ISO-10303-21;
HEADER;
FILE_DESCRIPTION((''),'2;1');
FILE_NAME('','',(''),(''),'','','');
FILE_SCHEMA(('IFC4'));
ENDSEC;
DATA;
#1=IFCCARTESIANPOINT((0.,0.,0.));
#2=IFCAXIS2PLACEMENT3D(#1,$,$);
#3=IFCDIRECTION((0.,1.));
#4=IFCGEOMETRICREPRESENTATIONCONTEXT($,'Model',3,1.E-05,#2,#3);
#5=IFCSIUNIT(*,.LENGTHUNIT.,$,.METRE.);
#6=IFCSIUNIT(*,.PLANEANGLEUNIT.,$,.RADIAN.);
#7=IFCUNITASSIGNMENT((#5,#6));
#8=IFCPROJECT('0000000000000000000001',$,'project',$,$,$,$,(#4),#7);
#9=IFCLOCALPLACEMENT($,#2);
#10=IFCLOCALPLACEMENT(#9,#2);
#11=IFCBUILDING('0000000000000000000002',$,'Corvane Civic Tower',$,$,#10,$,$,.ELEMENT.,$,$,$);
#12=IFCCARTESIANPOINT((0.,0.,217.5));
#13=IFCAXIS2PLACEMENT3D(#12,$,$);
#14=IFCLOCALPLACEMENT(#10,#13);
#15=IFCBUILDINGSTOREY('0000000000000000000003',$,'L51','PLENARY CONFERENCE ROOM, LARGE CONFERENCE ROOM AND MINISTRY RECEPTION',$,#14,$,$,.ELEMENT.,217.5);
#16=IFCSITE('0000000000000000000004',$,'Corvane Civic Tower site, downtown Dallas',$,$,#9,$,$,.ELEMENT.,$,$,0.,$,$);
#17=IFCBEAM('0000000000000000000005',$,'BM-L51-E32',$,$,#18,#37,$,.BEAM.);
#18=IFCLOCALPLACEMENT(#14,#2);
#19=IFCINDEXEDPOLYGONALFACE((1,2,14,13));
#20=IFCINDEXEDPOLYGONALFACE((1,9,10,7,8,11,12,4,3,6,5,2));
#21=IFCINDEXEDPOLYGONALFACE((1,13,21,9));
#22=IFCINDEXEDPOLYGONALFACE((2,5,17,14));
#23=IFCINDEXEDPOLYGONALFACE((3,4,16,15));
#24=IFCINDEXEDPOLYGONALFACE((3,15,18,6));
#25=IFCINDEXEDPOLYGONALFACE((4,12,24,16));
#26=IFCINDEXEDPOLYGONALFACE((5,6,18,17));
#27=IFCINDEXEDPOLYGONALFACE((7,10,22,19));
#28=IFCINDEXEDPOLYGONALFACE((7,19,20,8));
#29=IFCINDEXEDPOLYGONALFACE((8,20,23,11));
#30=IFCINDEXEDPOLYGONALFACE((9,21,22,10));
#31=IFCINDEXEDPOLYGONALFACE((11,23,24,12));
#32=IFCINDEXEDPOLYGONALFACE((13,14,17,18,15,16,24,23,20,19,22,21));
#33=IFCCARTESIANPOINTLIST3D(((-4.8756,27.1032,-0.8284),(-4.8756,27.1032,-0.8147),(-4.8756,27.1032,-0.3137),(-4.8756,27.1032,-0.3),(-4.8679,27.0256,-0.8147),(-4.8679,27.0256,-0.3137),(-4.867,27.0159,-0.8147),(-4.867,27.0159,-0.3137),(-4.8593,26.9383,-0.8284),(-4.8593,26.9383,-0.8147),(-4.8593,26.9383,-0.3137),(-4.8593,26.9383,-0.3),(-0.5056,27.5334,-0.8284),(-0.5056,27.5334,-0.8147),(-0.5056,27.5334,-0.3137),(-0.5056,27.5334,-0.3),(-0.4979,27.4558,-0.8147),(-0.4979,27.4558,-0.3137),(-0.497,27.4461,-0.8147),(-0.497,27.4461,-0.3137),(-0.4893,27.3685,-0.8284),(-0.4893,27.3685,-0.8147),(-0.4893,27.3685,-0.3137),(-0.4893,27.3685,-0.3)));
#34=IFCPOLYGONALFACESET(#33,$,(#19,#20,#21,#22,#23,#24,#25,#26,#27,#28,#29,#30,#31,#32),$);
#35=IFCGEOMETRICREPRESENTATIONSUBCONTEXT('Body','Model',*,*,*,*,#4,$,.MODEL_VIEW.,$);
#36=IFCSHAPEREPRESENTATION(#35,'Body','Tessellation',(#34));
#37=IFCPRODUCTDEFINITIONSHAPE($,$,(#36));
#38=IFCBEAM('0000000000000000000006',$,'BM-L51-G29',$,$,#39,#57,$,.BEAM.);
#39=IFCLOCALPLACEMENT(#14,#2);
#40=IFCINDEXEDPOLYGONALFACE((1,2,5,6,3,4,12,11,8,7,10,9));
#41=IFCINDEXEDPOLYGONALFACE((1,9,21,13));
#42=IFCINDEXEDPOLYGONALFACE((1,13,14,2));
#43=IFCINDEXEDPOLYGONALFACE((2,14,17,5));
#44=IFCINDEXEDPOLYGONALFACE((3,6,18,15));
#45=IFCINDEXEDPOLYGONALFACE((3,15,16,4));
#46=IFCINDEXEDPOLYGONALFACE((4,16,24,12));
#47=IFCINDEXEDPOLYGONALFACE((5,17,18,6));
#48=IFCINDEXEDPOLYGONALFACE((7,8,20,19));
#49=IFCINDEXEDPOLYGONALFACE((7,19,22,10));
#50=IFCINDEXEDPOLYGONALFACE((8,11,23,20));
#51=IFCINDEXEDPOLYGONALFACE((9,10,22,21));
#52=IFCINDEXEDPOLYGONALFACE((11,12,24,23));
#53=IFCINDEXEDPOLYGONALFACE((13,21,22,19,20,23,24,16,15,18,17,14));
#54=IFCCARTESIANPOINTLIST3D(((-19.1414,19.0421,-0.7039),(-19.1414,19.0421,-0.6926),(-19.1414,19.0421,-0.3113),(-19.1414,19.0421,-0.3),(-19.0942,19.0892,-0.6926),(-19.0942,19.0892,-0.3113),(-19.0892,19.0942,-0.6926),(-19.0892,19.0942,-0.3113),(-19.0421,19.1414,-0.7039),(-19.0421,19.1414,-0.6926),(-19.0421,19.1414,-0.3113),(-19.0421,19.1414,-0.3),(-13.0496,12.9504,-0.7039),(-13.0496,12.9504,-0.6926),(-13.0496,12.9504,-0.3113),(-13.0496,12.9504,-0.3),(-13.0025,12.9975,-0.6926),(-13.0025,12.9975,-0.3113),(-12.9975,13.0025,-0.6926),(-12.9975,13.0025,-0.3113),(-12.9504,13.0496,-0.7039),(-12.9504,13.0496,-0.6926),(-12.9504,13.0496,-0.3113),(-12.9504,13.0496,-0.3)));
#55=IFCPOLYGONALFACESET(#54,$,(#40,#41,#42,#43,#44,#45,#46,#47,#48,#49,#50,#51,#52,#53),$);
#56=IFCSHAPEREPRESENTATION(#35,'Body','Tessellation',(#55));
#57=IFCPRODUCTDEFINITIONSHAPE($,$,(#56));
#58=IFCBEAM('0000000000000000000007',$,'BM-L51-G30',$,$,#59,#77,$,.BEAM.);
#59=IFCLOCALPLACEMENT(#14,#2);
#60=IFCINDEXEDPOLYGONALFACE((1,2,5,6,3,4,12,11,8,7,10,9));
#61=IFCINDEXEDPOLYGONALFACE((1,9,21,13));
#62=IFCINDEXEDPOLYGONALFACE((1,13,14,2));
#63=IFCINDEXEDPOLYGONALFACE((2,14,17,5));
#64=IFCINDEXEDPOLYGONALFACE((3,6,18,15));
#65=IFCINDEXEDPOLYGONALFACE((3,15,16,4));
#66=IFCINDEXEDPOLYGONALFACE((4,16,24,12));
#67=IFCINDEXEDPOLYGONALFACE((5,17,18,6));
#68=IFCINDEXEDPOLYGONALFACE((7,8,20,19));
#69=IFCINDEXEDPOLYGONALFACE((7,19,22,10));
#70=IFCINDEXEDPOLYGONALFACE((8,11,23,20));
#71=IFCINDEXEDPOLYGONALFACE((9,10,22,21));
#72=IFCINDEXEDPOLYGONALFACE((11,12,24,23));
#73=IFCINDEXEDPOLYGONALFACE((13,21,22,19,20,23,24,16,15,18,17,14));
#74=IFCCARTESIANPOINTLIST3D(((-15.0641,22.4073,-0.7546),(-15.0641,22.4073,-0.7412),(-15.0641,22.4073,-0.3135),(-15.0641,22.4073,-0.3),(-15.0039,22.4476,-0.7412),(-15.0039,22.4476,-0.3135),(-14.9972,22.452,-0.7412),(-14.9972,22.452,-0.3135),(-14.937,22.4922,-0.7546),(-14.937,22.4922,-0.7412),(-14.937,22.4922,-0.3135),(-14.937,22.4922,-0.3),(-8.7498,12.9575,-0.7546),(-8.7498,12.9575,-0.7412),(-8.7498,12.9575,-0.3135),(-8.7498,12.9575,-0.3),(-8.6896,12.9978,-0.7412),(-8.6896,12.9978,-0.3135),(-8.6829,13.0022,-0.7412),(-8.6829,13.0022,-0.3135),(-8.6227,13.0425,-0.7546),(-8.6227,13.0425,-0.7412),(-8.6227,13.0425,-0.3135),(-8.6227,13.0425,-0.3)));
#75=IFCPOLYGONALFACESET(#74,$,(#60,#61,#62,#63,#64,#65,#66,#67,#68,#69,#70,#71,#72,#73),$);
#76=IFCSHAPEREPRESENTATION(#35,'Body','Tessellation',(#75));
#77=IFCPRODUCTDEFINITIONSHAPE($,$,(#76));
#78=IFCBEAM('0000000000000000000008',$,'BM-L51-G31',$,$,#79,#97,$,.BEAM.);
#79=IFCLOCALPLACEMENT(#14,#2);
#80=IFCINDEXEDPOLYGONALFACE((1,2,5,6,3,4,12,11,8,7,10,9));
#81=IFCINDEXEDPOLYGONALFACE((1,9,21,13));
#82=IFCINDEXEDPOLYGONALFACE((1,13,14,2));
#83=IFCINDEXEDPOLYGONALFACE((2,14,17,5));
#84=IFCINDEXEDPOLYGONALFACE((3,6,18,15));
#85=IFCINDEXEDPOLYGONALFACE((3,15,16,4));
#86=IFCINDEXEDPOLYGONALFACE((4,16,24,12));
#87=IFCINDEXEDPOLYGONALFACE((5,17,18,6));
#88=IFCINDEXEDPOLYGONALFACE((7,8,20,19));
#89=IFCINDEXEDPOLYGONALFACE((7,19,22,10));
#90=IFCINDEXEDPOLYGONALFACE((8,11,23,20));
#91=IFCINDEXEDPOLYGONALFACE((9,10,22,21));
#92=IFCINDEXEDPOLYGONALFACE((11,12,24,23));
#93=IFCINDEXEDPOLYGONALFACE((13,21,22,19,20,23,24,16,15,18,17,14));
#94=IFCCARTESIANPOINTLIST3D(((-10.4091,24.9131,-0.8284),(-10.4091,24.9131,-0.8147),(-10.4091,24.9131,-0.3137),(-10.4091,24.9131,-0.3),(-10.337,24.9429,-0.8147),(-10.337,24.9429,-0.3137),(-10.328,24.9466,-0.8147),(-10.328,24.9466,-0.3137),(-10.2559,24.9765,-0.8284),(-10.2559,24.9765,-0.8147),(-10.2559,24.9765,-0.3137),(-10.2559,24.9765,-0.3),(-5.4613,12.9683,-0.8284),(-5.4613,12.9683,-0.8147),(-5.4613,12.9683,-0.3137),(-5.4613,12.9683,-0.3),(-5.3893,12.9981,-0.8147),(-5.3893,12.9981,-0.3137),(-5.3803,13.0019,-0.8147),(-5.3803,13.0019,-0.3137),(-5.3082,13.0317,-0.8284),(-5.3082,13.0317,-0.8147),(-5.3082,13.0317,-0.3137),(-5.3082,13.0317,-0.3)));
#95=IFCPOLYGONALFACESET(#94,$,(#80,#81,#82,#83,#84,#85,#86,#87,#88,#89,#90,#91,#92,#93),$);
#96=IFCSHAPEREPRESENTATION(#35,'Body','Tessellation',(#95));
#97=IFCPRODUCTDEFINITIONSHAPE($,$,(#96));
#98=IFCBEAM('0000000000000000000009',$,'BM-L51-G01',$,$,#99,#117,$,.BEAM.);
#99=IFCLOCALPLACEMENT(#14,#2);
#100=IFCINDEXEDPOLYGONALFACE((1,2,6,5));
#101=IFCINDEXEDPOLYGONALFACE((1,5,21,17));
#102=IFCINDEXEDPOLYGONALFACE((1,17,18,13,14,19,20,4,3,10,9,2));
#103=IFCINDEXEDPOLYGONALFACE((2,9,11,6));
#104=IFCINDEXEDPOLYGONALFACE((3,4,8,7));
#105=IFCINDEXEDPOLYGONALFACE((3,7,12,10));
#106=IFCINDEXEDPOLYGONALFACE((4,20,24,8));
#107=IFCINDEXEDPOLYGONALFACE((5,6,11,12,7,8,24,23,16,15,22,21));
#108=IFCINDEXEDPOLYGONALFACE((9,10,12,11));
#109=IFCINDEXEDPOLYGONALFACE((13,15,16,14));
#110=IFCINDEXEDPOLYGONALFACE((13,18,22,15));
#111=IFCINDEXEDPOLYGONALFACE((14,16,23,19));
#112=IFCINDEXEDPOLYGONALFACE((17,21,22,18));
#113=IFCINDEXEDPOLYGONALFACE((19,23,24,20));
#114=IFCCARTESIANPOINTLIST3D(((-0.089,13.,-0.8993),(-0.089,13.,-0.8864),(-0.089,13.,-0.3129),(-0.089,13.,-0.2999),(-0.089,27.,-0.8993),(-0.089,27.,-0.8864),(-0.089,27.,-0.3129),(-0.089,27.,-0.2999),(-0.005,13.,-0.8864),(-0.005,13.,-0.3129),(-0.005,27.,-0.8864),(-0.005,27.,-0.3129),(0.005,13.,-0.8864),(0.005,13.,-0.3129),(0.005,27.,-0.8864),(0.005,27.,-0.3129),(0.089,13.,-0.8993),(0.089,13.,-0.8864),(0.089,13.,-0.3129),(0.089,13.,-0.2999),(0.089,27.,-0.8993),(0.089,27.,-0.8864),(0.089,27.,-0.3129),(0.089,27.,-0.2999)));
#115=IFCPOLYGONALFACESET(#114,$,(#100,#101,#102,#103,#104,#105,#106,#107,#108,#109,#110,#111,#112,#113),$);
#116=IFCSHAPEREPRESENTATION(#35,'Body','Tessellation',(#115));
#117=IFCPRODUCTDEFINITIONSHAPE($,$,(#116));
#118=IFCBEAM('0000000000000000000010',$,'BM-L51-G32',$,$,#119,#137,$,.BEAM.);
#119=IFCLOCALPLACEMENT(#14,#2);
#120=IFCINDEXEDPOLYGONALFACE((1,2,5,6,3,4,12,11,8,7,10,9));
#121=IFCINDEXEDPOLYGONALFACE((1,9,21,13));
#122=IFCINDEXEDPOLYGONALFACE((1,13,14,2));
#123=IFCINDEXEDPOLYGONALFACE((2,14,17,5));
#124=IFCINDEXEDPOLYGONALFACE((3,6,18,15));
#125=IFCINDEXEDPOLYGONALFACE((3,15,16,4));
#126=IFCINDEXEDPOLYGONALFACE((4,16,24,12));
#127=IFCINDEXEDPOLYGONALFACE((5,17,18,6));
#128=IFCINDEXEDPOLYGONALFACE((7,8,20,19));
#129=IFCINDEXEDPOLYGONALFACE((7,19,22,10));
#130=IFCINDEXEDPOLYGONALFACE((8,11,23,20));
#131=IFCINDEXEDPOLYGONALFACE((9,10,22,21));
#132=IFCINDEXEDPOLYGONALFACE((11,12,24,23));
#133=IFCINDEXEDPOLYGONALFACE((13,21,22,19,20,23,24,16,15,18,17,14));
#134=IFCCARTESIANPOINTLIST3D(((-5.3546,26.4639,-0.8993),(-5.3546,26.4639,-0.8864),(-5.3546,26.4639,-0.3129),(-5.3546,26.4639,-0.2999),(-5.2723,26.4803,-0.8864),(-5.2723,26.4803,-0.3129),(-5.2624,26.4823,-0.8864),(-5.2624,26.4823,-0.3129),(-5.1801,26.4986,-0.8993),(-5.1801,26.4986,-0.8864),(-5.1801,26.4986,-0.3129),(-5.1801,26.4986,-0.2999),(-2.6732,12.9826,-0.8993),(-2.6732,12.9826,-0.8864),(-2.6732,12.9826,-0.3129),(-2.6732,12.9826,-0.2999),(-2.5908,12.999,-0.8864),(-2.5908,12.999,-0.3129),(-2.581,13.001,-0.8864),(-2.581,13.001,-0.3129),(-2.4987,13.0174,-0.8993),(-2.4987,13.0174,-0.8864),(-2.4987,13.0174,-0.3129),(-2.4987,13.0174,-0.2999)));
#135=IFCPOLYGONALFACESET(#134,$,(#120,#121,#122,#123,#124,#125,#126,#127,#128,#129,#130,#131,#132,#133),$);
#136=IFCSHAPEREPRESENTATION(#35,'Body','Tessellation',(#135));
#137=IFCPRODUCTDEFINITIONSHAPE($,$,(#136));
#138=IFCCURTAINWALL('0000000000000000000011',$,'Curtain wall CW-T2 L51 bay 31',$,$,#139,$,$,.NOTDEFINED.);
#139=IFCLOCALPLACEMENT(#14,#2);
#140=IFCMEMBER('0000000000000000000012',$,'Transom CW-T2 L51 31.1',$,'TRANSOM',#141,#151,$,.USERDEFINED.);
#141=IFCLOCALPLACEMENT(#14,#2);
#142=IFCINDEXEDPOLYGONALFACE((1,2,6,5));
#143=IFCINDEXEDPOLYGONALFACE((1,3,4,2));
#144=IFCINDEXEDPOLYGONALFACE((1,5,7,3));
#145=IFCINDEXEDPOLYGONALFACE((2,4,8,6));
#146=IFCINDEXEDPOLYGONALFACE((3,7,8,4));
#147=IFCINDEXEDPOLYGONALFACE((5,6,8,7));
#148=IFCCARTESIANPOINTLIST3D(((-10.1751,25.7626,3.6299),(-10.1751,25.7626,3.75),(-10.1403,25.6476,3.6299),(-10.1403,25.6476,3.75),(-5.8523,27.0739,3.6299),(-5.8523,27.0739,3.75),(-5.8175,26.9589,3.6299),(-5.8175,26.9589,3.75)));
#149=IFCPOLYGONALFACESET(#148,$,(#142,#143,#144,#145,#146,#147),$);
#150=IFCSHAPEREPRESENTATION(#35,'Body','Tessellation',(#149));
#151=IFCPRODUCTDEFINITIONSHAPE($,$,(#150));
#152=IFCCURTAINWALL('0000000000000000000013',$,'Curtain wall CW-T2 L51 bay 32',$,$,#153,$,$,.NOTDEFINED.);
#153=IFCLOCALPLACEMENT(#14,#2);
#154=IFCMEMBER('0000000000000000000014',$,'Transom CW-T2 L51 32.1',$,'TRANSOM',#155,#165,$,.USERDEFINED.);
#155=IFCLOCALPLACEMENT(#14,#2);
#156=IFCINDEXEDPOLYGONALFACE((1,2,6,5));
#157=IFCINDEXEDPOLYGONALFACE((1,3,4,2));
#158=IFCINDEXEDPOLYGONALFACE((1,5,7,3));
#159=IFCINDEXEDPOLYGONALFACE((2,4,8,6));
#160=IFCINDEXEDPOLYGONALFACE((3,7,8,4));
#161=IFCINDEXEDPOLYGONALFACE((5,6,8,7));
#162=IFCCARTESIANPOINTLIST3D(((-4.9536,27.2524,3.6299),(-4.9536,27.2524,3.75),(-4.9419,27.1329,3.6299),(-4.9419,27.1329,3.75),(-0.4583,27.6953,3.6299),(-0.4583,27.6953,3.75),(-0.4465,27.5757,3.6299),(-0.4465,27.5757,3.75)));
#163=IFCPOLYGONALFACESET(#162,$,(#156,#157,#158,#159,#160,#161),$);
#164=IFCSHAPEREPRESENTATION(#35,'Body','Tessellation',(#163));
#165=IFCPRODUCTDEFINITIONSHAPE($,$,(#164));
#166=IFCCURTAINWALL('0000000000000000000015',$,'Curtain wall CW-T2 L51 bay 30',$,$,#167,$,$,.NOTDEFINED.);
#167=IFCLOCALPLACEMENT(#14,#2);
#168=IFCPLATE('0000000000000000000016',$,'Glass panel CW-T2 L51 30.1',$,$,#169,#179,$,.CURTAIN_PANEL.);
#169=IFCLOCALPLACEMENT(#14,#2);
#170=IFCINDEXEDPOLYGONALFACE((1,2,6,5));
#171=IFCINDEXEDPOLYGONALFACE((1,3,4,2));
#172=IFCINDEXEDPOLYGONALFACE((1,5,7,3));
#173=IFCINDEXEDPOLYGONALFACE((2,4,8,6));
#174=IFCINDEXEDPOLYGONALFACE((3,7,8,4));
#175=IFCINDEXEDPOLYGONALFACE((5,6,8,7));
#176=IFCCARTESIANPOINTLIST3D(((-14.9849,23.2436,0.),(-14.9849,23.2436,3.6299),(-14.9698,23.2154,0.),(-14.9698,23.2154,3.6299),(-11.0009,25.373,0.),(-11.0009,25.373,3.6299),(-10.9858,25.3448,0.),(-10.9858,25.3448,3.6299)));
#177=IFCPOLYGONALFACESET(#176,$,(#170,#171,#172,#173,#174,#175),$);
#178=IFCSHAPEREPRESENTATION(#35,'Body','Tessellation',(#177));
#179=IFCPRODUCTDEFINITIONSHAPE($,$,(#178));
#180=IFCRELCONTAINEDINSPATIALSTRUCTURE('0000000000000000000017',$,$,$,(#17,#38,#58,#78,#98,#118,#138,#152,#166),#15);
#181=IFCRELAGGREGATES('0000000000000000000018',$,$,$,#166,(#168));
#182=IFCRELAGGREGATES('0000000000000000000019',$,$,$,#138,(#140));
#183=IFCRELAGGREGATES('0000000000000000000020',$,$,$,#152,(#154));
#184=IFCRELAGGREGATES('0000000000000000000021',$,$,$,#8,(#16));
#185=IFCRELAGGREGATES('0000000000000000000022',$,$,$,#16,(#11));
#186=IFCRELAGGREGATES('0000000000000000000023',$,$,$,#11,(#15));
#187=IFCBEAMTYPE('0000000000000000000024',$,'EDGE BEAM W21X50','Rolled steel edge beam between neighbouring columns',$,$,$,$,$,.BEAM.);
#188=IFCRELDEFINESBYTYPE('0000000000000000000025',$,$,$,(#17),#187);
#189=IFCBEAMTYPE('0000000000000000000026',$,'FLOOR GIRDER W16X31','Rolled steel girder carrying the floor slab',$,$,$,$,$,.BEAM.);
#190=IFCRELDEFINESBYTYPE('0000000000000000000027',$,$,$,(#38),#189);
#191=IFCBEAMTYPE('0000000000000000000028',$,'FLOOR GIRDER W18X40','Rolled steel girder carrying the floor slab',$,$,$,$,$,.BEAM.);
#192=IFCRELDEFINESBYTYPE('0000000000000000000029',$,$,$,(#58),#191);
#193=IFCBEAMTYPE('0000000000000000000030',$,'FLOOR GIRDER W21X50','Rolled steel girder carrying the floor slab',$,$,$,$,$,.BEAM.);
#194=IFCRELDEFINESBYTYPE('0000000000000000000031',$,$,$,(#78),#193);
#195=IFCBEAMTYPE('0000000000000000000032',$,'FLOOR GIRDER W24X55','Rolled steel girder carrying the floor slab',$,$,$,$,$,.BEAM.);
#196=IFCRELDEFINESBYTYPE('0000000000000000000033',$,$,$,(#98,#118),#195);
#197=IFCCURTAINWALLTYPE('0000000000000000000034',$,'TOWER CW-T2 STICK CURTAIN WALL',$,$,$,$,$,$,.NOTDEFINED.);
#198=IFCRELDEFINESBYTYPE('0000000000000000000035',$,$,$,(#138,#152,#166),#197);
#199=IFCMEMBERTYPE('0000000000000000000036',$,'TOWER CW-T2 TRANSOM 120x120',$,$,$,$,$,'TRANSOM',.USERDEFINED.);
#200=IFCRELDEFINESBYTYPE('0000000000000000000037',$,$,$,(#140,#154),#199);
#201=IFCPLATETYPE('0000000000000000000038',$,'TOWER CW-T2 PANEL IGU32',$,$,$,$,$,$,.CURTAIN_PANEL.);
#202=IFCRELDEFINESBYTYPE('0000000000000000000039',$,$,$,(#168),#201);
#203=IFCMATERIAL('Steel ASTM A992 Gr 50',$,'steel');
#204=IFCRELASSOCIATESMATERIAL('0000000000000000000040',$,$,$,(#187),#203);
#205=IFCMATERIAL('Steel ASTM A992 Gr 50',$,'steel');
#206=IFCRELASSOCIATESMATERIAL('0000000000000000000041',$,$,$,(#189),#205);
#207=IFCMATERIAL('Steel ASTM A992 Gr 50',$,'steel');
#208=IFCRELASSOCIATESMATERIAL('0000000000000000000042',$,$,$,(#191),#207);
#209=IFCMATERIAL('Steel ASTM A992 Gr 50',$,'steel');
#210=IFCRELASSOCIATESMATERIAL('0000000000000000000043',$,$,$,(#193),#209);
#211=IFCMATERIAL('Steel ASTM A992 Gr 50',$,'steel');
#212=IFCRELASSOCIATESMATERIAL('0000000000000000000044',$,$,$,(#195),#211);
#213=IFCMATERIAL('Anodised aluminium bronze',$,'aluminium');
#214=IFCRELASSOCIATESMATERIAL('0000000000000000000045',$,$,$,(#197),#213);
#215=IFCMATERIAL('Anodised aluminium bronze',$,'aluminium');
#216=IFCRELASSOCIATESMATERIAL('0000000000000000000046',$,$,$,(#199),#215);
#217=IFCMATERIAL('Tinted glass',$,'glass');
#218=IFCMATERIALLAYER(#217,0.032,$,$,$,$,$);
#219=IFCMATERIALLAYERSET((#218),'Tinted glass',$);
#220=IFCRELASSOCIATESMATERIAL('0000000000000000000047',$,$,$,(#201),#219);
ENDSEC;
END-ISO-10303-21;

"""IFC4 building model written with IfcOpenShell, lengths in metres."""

from ifc_helpers import new_model, si_unit, direction, frame, origin, origin_2d, place, context, subcontext, project, spatial, rectangle, i_section, extrude, material, layer, layer_set, material_profile, profile_set, type_object, element, aggregate, save


model = new_model("IFC4")

# Units and contexts
model_context = context("Model", 3, precision=1e-05, world=origin(), true_north=direction((0.0, 1.0)))
body_context = subcontext(model_context, "Body", "Model", "MODEL_VIEW")
ifc_project = project(units=[si_unit("LENGTHUNIT", "METRE"), si_unit("PLANEANGLEUNIT", "RADIAN")], contexts=[model_context])

# Site, building, storey
site_placement = place(None, origin())
site = spatial("IfcSite", under=ifc_project, at=site_placement, Name="Corvane Civic Tower site, downtown Dallas", CompositionType="ELEMENT", RefElevation=0.0)
building_placement = place(site_placement, origin())
building = spatial("IfcBuilding", under=site, at=building_placement, Name="Corvane Civic Tower", CompositionType="ELEMENT")
storey_placement = place(building_placement, frame((0.0, 0.0, 217.5)))
storey = spatial("IfcBuildingStorey", under=building, at=storey_placement, Name="L51", Description="PLENARY CONFERENCE ROOM, LARGE CONFERENCE ROOM AND MINISTRY RECEPTION", CompositionType="ELEMENT", Elevation=217.5)

# Beams
ifc_material_1 = material(Name="Steel ASTM A992 Gr 50", Category="steel")
ifc_material_profile_1 = material_profile(ifc_material_1, i_section(OverallWidth=0.1658, OverallDepth=0.5283, WebThickness=0.0098, FlangeThickness=0.0137, at=origin_2d()), Name="W21X50")
ifc_profile_set_1 = profile_set([ifc_material_profile_1], Name="Steel ASTM A992 Gr 50")
beam_type_1 = type_object("IfcBeamType", Name="EDGE BEAM W21X50", Description="Rolled steel edge beam between neighbouring columns", PredefinedType="BEAM", material=ifc_profile_set_1)
beam_1_placement = place(storey_placement, frame((-4.8674, 27.0208, -0.5642), z_axis=(0.99519, 0.097968, 0.0), x_axis=(-0.097968, 0.99519, 0.0)))
element("IfcBeam", 1, at=beam_1_placement, inside=storey, type_object=beam_type_1, Name="BM-L51-E32", PredefinedType="BEAM", context=body_context, shape_type="SweptSolid", body=[
    extrude(i_section(OverallWidth=0.1658, OverallDepth=0.5283, WebThickness=0.0098, FlangeThickness=0.0137, at=origin_2d()), origin(), (0.0, 0.0, 1.0), 4.3911),
])
ifc_material_2 = material(Name="Steel ASTM A992 Gr 50", Category="steel")
ifc_material_profile_2 = material_profile(ifc_material_2, i_section(OverallWidth=0.1404, OverallDepth=0.4038, WebThickness=0.0071, FlangeThickness=0.0112, at=origin_2d()), Name="W16X31")
ifc_profile_set_2 = profile_set([ifc_material_profile_2], Name="Steel ASTM A992 Gr 50")
beam_type_2 = type_object("IfcBeamType", Name="FLOOR GIRDER W16X31", Description="Rolled steel girder carrying the floor slab", PredefinedType="BEAM", material=ifc_profile_set_2)
beam_2_placement = place(storey_placement, frame((-13.0, 13.0, -0.502), z_axis=(-0.707107, 0.707107, 0.0), x_axis=(-0.707107, -0.707107, 0.0)))
element("IfcBeam", 2, at=beam_2_placement, inside=storey, type_object=beam_type_2, Name="BM-L51-G29", PredefinedType="BEAM", context=body_context, shape_type="SweptSolid", body=[
    extrude(i_section(OverallWidth=0.1404, OverallDepth=0.4038, WebThickness=0.0071, FlangeThickness=0.0112, at=origin_2d()), origin(), (0.0, 0.0, 1.0), 8.615),
])
ifc_material_3 = material(Name="Steel ASTM A992 Gr 50", Category="steel")
ifc_material_profile_3 = material_profile(ifc_material_3, i_section(OverallWidth=0.1528, OverallDepth=0.4546, WebThickness=0.0081, FlangeThickness=0.0134, at=origin_2d()), Name="W18X40")
ifc_profile_set_3 = profile_set([ifc_material_profile_3], Name="Steel ASTM A992 Gr 50")
beam_type_3 = type_object("IfcBeamType", Name="FLOOR GIRDER W18X40", Description="Rolled steel girder carrying the floor slab", PredefinedType="BEAM", material=ifc_profile_set_3)
beam_3_placement = place(storey_placement, frame((-8.6863, 13.0, -0.5273), z_axis=(-0.555577, 0.831465, 0.0), x_axis=(-0.831465, -0.555577, 0.0)))
element("IfcBeam", 3, at=beam_3_placement, inside=storey, type_object=beam_type_3, Name="BM-L51-G30", PredefinedType="BEAM", context=body_context, shape_type="SweptSolid", body=[
    extrude(i_section(OverallWidth=0.1528, OverallDepth=0.4546, WebThickness=0.0081, FlangeThickness=0.0134, at=origin_2d()), origin(), (0.0, 0.0, 1.0), 11.3652),
])
ifc_material_4 = material(Name="Steel ASTM A992 Gr 50", Category="steel")
ifc_material_profile_4 = material_profile(ifc_material_4, i_section(OverallWidth=0.1658, OverallDepth=0.5283, WebThickness=0.0098, FlangeThickness=0.0137, at=origin_2d()), Name="W21X50")
ifc_profile_set_4 = profile_set([ifc_material_profile_4], Name="Steel ASTM A992 Gr 50")
beam_type_4 = type_object("IfcBeamType", Name="FLOOR GIRDER W21X50", Description="Rolled steel girder carrying the floor slab", PredefinedType="BEAM", material=ifc_profile_set_4)
beam_4_placement = place(storey_placement, frame((-5.3848, 13.0, -0.5642), z_axis=(-0.382686, 0.923878, 0.0), x_axis=(-0.923878, -0.382686, 0.0)))
element("IfcBeam", 4, at=beam_4_placement, inside=storey, type_object=beam_type_4, Name="BM-L51-G31", PredefinedType="BEAM", context=body_context, shape_type="SweptSolid", body=[
    extrude(i_section(OverallWidth=0.1658, OverallDepth=0.5283, WebThickness=0.0098, FlangeThickness=0.0137, at=origin_2d()), origin(), (0.0, 0.0, 1.0), 12.929),
])
ifc_material_5 = material(Name="Steel ASTM A992 Gr 50", Category="steel")
ifc_material_profile_5 = material_profile(ifc_material_5, i_section(OverallWidth=0.178, OverallDepth=0.5994, WebThickness=0.01, FlangeThickness=0.0129, at=origin_2d()), Name="W24X55")
ifc_profile_set_5 = profile_set([ifc_material_profile_5], Name="Steel ASTM A992 Gr 50")
beam_type_5 = type_object("IfcBeamType", Name="FLOOR GIRDER W24X55", Description="Rolled steel girder carrying the floor slab", PredefinedType="BEAM", material=ifc_profile_set_5)
beam_5_placement = place(storey_placement, frame((0.0, 13.0, -0.5996), z_axis=(0.0, 1.0, 0.0), x_axis=(-1.0, 0.0, 0.0)))
element("IfcBeam", 5, at=beam_5_placement, inside=storey, type_object=beam_type_5, Name="BM-L51-G01", PredefinedType="BEAM", context=body_context, shape_type="SweptSolid", body=[
    extrude(i_section(OverallWidth=0.178, OverallDepth=0.5994, WebThickness=0.01, FlangeThickness=0.0129, at=origin_2d()), origin(), (0.0, 0.0, 1.0), 14.0),
])
beam_6_placement = place(storey_placement, frame((-2.5859, 13.0, -0.5996), z_axis=(-0.195078, 0.980788, 0.0), x_axis=(-0.980788, -0.195078, 0.0)))
element("IfcBeam", 6, at=beam_6_placement, inside=storey, type_object=beam_type_5, Name="BM-L51-G32", PredefinedType="BEAM", context=body_context, shape_type="SweptSolid", body=[
    extrude(i_section(OverallWidth=0.178, OverallDepth=0.5994, WebThickness=0.01, FlangeThickness=0.0129, at=origin_2d()), origin(), (0.0, 0.0, 1.0), 13.7454),
])

# Curtain walls, members
ifc_material_6 = material(Name="Anodised aluminium bronze", Category="aluminium")
curtain_wall_type = type_object("IfcCurtainWallType", Name="TOWER CW-T2 STICK CURTAIN WALL", PredefinedType="NOTDEFINED", material=ifc_material_6)
curtain_wall_1_placement = place(storey_placement, origin())
curtain_wall_1 = element("IfcCurtainWall", 7, at=curtain_wall_1_placement, inside=storey, type_object=curtain_wall_type, Name="Curtain wall CW-T2 L51 bay 31", PredefinedType="NOTDEFINED")
ifc_material_7 = material(Name="Anodised aluminium bronze", Category="aluminium")
ifc_material_profile_6 = material_profile(ifc_material_7, rectangle(XDim=0.1201, YDim=0.1201, at=origin_2d()), Name="TOWER CW-T2 TRANSOM 120x120")
ifc_profile_set_6 = profile_set([ifc_material_profile_6], Name="Anodised aluminium bronze")
member_type = type_object("IfcMemberType", Name="TOWER CW-T2 TRANSOM 120x120", ElementType="TRANSOM", PredefinedType="USERDEFINED", material=ifc_profile_set_6)
member_1_placement = place(storey_placement, frame((-10.1577, 25.7051, 3.6899), z_axis=(0.956941, 0.290282, 0.0), x_axis=(-0.290282, 0.956941, 0.0)))
member_1 = element("IfcMember", 8, at=member_1_placement, type_object=member_type, Name="Transom CW-T2 L51 31.1", ObjectType="TRANSOM", PredefinedType="USERDEFINED", context=body_context, shape_type="SweptSolid", body=[
    extrude(rectangle(XDim=0.1201, YDim=0.1201, at=origin_2d()), origin(), (0.0, 0.0, 1.0), 4.5173),
])
curtain_wall_2_placement = place(storey_placement, origin())
curtain_wall_2 = element("IfcCurtainWall", 9, at=curtain_wall_2_placement, inside=storey, type_object=curtain_wall_type, Name="Curtain wall CW-T2 L51 bay 32", PredefinedType="NOTDEFINED")
member_2_placement = place(storey_placement, frame((-4.9478, 27.1926, 3.6899), z_axis=(0.995182, 0.098043, 0.0), x_axis=(-0.098043, 0.995182, 0.0)))
member_2 = element("IfcMember", 10, at=member_2_placement, type_object=member_type, Name="Transom CW-T2 L51 32.1", ObjectType="TRANSOM", PredefinedType="USERDEFINED", context=body_context, shape_type="SweptSolid", body=[
    extrude(rectangle(XDim=0.1201, YDim=0.1201, at=origin_2d()), origin(), (0.0, 0.0, 1.0), 4.5171),
])

# Curtain wall, plate
curtain_wall_3_placement = place(storey_placement, origin())
curtain_wall_3 = element("IfcCurtainWall", 11, at=curtain_wall_3_placement, inside=storey, type_object=curtain_wall_type, Name="Curtain wall CW-T2 L51 bay 30", PredefinedType="NOTDEFINED")
ifc_material_8 = material(Name="Tinted glass", Category="glass")
ifc_layer_1 = layer(ifc_material_8, 0.032)
ifc_layer_set_1 = layer_set([ifc_layer_1], Name="Tinted glass")
plate_type = type_object("IfcPlateType", Name="TOWER CW-T2 PANEL IGU32", PredefinedType="CURTAIN_PANEL", material=ifc_layer_set_1)
plate_1_placement = place(storey_placement, frame((-12.9854, 24.2942, 0.0), z_axis=(0.0, 0.0, 1.0), x_axis=(0.88192, 0.471398, 0.0)))
plate_1 = element("IfcPlate", 12, at=plate_1_placement, type_object=plate_type, Name="Glass panel CW-T2 L51 30.1", PredefinedType="CURTAIN_PANEL", context=body_context, shape_type="SweptSolid", body=[
    extrude(rectangle(XDim=4.5173, YDim=0.032, at=origin_2d()), origin(), (0.0, 0.0, 1.0), 3.6299),
])
aggregate(curtain_wall_3, [plate_1])

aggregate(curtain_wall_1, [member_1])
aggregate(curtain_wall_2, [member_2])

save(model, "model.ifc")
